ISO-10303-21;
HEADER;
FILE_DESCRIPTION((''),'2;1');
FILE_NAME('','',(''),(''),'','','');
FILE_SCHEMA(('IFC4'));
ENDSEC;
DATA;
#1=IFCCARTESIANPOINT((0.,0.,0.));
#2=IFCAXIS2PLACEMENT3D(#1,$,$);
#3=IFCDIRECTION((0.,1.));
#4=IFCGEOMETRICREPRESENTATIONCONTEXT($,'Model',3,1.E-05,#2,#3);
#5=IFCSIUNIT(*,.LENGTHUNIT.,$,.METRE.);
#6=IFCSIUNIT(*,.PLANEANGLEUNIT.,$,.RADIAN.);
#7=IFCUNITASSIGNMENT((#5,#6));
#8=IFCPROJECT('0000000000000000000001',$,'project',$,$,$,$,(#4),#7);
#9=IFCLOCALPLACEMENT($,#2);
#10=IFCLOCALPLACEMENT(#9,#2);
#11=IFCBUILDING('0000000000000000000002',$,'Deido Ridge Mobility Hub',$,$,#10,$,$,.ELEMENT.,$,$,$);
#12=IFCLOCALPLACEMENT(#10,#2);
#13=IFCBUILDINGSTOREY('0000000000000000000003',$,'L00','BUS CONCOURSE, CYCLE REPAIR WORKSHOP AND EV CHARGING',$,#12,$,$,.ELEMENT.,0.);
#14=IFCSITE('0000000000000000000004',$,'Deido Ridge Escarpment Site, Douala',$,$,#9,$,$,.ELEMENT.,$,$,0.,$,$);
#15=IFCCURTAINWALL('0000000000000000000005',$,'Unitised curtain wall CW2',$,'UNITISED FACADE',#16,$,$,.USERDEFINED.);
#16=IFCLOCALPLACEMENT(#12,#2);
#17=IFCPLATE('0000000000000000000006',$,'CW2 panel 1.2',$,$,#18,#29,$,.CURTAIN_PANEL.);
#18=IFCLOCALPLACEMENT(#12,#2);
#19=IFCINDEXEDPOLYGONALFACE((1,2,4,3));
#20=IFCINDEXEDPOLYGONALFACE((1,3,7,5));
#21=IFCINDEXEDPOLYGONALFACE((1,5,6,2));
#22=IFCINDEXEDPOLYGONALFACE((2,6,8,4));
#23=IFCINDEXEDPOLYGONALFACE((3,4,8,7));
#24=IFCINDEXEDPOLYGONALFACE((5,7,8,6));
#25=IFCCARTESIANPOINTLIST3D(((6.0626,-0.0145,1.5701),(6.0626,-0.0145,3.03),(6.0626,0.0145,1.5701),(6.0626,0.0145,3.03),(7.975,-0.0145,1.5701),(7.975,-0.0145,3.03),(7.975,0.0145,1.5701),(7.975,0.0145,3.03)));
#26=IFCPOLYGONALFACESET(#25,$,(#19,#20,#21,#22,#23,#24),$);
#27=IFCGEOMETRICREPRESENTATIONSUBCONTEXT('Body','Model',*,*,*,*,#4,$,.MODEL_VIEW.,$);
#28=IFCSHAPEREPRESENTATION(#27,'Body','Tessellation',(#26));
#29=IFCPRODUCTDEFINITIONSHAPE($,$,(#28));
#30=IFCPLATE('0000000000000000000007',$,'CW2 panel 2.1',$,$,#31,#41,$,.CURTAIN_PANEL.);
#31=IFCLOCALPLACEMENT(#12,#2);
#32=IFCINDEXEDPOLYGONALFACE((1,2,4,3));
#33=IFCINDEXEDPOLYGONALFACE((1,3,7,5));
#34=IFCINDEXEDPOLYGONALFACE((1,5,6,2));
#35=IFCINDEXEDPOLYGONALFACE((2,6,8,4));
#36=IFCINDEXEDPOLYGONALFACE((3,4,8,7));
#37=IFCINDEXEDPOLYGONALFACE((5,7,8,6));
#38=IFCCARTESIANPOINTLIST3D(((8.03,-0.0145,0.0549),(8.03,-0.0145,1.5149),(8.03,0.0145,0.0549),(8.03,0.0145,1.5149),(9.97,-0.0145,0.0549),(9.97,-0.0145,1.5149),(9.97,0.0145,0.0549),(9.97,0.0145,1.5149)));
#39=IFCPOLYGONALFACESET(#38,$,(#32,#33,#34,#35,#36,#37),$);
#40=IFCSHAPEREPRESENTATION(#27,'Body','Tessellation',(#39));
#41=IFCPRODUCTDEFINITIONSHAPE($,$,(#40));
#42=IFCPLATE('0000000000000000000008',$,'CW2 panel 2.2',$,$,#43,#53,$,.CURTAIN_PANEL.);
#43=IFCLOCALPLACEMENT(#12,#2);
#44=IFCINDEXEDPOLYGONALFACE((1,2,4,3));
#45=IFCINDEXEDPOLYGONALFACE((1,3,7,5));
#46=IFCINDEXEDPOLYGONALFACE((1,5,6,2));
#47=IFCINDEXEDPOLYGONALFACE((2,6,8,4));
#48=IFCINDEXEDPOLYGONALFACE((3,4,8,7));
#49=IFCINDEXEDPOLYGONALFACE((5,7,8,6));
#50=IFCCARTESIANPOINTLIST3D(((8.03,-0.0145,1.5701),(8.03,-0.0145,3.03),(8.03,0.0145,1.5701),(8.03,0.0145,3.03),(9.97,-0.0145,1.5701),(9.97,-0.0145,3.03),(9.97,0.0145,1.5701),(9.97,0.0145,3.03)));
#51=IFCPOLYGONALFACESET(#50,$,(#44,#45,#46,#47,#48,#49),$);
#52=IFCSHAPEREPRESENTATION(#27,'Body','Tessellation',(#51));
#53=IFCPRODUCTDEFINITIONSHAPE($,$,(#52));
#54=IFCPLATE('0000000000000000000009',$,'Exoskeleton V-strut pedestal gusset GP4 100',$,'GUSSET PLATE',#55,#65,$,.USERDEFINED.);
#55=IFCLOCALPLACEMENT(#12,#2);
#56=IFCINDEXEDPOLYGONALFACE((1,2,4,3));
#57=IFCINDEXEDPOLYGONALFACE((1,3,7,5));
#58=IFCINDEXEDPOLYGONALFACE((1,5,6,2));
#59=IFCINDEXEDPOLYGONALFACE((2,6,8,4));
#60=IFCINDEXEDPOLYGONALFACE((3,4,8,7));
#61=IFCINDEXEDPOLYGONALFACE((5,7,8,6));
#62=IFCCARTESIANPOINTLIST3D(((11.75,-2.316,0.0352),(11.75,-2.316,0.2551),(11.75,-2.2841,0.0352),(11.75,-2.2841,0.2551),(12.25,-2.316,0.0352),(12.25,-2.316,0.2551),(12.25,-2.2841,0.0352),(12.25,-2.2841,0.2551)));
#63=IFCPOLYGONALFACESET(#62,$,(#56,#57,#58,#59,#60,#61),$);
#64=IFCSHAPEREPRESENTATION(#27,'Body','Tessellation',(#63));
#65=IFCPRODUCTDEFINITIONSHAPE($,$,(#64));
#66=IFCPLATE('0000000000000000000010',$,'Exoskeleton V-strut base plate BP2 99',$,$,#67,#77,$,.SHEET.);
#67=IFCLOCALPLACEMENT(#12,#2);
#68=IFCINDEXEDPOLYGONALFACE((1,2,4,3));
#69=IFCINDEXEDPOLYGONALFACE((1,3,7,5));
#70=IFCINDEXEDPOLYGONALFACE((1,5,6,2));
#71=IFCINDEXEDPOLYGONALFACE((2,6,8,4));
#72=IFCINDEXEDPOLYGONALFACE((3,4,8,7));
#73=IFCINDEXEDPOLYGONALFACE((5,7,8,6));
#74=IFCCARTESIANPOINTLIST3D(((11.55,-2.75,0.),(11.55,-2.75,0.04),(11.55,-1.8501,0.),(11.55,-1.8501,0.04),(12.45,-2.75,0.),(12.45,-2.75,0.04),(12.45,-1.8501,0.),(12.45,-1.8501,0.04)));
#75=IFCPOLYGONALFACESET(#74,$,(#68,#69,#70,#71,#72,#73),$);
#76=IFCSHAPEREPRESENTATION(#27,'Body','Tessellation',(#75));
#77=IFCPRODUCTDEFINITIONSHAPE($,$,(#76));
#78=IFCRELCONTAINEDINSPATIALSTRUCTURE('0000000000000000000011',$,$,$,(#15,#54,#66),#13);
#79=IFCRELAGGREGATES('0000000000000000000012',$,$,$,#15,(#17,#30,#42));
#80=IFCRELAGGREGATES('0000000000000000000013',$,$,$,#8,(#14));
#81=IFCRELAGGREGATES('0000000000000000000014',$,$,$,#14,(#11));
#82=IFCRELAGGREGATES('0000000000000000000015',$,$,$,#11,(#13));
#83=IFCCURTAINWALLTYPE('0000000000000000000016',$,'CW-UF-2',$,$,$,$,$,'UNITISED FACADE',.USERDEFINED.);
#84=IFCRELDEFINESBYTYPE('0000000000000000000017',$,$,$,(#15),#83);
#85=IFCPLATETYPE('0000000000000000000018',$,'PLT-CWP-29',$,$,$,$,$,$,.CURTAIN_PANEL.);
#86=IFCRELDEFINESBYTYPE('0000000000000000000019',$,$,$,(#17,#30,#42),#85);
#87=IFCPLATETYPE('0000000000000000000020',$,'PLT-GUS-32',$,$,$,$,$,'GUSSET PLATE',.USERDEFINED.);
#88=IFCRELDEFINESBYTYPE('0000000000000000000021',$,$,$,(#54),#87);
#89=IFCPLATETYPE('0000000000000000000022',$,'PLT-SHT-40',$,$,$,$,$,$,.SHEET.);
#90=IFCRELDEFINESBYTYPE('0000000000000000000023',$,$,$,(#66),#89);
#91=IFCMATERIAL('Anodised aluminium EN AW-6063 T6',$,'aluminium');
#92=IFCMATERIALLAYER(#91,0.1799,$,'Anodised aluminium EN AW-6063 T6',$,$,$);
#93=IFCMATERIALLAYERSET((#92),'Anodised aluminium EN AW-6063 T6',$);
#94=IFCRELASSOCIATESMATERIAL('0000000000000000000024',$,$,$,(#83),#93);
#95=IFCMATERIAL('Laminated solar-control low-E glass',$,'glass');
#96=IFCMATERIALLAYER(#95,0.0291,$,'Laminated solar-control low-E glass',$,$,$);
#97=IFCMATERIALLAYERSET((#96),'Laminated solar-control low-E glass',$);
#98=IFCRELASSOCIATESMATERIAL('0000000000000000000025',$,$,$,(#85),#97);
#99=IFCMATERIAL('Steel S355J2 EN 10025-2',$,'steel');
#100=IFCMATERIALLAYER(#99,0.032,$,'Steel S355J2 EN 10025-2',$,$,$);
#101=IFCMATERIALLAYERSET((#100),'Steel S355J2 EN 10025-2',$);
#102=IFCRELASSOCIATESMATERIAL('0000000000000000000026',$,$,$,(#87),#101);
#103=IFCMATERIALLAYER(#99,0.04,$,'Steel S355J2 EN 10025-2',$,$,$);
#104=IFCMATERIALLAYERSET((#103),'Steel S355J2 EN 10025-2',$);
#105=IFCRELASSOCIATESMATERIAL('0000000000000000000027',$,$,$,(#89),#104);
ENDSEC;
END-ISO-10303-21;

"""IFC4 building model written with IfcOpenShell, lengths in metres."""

from ifc_helpers import new_model, si_unit, direction, frame, origin, origin_2d, place, context, subcontext, project, spatial, rectangle, extrude, material, layer, layer_set, type_object, element, aggregate, save


model = new_model("IFC4")

# Units and contexts
model_context = context("Model", 3, precision=1e-05, world=origin(), true_north=direction((0.0, 1.0)))
body_context = subcontext(model_context, "Body", "Model", "MODEL_VIEW")
ifc_project = project(units=[si_unit("LENGTHUNIT", "METRE"), si_unit("PLANEANGLEUNIT", "RADIAN")], contexts=[model_context])

# Site, building, storey
site_placement = place(None, origin())
site = spatial("IfcSite", under=ifc_project, at=site_placement, Name="Deido Ridge Escarpment Site, Douala", CompositionType="ELEMENT", RefElevation=0.0)
building_placement = place(site_placement, origin())
building = spatial("IfcBuilding", under=site, at=building_placement, Name="Deido Ridge Mobility Hub", CompositionType="ELEMENT")
storey_placement = place(building_placement, origin())
storey = spatial("IfcBuildingStorey", under=building, at=storey_placement, Name="L00", Description="BUS CONCOURSE, CYCLE REPAIR WORKSHOP AND EV CHARGING", CompositionType="ELEMENT", Elevation=0.0)

# Shared definitions
ifc_material_1 = material(Name="Steel S355J2 EN 10025-2", Category="steel")

# Curtain wall
ifc_material_2 = material(Name="Anodised aluminium EN AW-6063 T6", Category="aluminium")
ifc_layer_1 = layer(ifc_material_2, 0.1799, Name="Anodised aluminium EN AW-6063 T6")
ifc_layer_set_1 = layer_set([ifc_layer_1], Name="Anodised aluminium EN AW-6063 T6")
curtain_wall_type_1 = type_object("IfcCurtainWallType", Name="CW-UF-2", ElementType="UNITISED FACADE", PredefinedType="USERDEFINED", material=ifc_layer_set_1)
curtain_wall_1_placement = place(storey_placement, origin())
curtain_wall_1 = element("IfcCurtainWall", 1, at=curtain_wall_1_placement, inside=storey, type_object=curtain_wall_type_1, Name="Unitised curtain wall CW2", ObjectType="UNITISED FACADE", PredefinedType="USERDEFINED")

# Plates
ifc_material_3 = material(Name="Laminated solar-control low-E glass", Category="glass")
ifc_layer_2 = layer(ifc_material_3, 0.0291, Name="Laminated solar-control low-E glass")
ifc_layer_set_2 = layer_set([ifc_layer_2], Name="Laminated solar-control low-E glass")
plate_type_1 = type_object("IfcPlateType", Name="PLT-CWP-29", PredefinedType="CURTAIN_PANEL", material=ifc_layer_set_2)
plate_1_placement = place(storey_placement, frame((7.0188, 0.0, 1.5701), z_axis=(0.0, 0.0, 1.0), x_axis=(1.0, 0.0, 0.0)))
plate_1 = element("IfcPlate", 2, at=plate_1_placement, type_object=plate_type_1, Name="CW2 panel 1.2", PredefinedType="CURTAIN_PANEL", context=body_context, shape_type="SweptSolid", body=[
    extrude(rectangle(XDim=1.9124, YDim=0.0291, at=origin_2d()), origin(), (0.0, 0.0, 1.0), 1.46),
])
plate_2_placement = place(storey_placement, frame((9.0, 0.0, 0.0549), z_axis=(0.0, 0.0, 1.0), x_axis=(1.0, 0.0, 0.0)))
plate_2 = element("IfcPlate", 3, at=plate_2_placement, type_object=plate_type_1, Name="CW2 panel 2.1", PredefinedType="CURTAIN_PANEL", context=body_context, shape_type="SweptSolid", body=[
    extrude(rectangle(XDim=1.9399, YDim=0.0291, at=origin_2d()), origin(), (0.0, 0.0, 1.0), 1.46),
])
plate_3_placement = place(storey_placement, frame((9.0, 0.0, 1.5701), z_axis=(0.0, 0.0, 1.0), x_axis=(1.0, 0.0, 0.0)))
plate_3 = element("IfcPlate", 4, at=plate_3_placement, type_object=plate_type_1, Name="CW2 panel 2.2", PredefinedType="CURTAIN_PANEL", context=body_context, shape_type="SweptSolid", body=[
    extrude(rectangle(XDim=1.9399, YDim=0.0291, at=origin_2d()), origin(), (0.0, 0.0, 1.0), 1.46),
])
aggregate(curtain_wall_1, [plate_1, plate_2, plate_3])

# Plates
ifc_layer_3 = layer(ifc_material_1, 0.032, Name="Steel S355J2 EN 10025-2")
ifc_layer_set_3 = layer_set([ifc_layer_3], Name="Steel S355J2 EN 10025-2")
plate_type_2 = type_object("IfcPlateType", Name="PLT-GUS-32", ElementType="GUSSET PLATE", PredefinedType="USERDEFINED", material=ifc_layer_set_3)
plate_4_placement = place(storey_placement, frame((12.0, -2.3, 0.0352), z_axis=(0.0, 0.0, 1.0), x_axis=(1.0, 0.0, 0.0)))
element("IfcPlate", 5, at=plate_4_placement, inside=storey, type_object=plate_type_2, Name="Exoskeleton V-strut pedestal gusset GP4 100", ObjectType="GUSSET PLATE", PredefinedType="USERDEFINED", context=body_context, shape_type="SweptSolid", body=[
    extrude(rectangle(XDim=0.5, YDim=0.032, at=origin_2d()), origin(), (0.0, 0.0, 1.0), 0.22),
])
ifc_layer_4 = layer(ifc_material_1, 0.04, Name="Steel S355J2 EN 10025-2")
ifc_layer_set_4 = layer_set([ifc_layer_4], Name="Steel S355J2 EN 10025-2")
plate_type_3 = type_object("IfcPlateType", Name="PLT-SHT-40", PredefinedType="SHEET", material=ifc_layer_set_4)
plate_5_placement = place(storey_placement, frame((12.0, -2.3, 0.0), z_axis=(0.0, 0.0, 1.0), x_axis=(1.0, 0.0, 0.0)))
element("IfcPlate", 6, at=plate_5_placement, inside=storey, type_object=plate_type_3, Name="Exoskeleton V-strut base plate BP2 99", PredefinedType="SHEET", context=body_context, shape_type="SweptSolid", body=[
    extrude(rectangle(XDim=0.8999, YDim=0.8999, at=origin_2d()), origin(), (0.0, 0.0, 1.0), 0.04),
])

save(model, "model.ifc")
